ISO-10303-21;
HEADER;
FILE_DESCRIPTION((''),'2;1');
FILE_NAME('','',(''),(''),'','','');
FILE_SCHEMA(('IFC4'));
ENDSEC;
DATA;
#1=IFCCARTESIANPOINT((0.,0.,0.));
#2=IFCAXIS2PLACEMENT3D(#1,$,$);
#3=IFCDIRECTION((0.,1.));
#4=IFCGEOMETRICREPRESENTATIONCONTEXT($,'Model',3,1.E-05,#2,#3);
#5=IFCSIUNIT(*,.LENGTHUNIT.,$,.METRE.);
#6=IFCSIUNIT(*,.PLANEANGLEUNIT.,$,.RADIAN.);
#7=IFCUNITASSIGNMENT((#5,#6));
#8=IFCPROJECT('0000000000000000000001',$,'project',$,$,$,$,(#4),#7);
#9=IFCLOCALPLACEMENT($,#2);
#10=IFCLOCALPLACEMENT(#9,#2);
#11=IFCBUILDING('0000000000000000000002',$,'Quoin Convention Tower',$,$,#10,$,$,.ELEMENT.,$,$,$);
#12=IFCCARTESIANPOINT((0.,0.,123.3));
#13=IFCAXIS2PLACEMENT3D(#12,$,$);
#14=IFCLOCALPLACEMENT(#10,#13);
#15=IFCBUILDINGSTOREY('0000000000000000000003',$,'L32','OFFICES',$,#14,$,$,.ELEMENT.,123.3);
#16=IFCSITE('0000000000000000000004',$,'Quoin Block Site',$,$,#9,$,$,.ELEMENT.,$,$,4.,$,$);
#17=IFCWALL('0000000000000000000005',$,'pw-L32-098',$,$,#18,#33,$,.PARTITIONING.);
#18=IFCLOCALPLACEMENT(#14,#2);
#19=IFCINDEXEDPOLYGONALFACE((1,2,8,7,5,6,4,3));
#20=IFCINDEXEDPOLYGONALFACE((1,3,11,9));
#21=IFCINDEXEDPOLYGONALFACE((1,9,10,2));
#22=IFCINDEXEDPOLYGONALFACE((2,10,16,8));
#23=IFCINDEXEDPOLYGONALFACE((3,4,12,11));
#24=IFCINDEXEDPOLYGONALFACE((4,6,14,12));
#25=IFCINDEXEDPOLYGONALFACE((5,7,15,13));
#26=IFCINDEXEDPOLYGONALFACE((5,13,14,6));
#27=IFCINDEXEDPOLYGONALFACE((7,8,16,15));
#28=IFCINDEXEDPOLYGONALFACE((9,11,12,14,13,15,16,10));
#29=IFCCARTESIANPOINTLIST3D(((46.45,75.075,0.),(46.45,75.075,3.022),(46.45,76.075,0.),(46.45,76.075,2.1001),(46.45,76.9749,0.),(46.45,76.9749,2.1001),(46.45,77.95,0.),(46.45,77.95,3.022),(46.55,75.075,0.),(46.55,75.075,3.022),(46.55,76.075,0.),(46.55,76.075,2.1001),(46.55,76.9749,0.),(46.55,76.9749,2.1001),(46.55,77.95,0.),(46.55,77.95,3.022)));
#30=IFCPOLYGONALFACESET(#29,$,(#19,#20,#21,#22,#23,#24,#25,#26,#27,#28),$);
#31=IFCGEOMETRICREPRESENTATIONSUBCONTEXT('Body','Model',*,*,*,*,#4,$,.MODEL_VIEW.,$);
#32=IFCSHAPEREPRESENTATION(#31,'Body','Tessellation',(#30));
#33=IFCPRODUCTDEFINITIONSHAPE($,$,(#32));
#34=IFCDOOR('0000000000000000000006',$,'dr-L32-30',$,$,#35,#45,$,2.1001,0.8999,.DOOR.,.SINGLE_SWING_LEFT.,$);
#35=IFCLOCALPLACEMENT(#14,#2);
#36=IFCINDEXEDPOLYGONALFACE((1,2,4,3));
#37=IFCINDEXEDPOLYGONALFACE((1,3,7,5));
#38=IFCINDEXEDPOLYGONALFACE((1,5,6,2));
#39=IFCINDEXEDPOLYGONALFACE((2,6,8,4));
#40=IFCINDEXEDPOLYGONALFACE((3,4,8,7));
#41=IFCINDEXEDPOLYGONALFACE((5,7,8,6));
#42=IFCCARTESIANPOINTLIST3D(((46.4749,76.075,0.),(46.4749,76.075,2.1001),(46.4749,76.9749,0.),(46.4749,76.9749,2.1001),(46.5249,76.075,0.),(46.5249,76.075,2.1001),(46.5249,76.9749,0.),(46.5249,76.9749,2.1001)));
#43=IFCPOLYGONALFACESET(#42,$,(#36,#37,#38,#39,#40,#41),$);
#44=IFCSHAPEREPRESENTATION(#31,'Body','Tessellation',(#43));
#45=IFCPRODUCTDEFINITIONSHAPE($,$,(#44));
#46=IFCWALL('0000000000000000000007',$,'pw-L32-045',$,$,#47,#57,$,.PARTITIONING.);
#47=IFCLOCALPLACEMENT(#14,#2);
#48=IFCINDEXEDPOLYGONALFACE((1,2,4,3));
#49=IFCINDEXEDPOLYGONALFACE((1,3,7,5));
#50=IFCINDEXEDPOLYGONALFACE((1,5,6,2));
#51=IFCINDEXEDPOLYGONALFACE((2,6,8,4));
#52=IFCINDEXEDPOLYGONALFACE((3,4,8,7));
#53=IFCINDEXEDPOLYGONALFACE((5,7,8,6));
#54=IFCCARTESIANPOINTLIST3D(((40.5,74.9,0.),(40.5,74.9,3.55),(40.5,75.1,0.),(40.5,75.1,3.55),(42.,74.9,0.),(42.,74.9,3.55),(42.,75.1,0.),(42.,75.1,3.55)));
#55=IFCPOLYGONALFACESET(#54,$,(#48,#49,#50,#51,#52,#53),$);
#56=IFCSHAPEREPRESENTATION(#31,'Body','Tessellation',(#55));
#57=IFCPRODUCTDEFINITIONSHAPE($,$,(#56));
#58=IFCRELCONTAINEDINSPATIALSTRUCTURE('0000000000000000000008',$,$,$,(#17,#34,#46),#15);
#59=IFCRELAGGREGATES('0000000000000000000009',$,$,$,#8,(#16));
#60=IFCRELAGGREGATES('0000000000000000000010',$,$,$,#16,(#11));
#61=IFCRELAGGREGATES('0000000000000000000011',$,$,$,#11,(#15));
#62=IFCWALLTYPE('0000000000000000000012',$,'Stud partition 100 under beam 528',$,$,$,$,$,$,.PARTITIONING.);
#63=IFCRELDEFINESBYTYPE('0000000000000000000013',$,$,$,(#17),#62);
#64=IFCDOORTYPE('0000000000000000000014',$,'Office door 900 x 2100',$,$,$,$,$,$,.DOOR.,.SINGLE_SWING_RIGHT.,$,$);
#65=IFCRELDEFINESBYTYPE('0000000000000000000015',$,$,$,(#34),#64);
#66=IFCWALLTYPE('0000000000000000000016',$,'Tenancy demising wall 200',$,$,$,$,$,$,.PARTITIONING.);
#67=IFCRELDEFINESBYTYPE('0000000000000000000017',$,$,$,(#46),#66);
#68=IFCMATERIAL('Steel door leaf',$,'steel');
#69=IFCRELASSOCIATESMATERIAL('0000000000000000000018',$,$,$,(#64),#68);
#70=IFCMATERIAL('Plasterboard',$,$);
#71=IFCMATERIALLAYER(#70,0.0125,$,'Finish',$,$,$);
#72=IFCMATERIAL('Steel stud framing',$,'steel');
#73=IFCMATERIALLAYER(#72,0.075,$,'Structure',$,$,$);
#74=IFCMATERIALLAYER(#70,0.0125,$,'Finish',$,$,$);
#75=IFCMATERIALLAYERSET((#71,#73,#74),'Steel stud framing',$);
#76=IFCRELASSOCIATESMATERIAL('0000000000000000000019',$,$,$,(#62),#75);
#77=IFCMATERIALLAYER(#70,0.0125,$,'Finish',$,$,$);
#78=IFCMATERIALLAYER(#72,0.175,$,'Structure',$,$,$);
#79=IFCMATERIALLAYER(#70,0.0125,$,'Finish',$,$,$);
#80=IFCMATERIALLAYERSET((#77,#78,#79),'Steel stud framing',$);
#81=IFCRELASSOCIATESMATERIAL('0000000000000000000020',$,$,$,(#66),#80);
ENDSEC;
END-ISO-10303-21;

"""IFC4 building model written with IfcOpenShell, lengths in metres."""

from ifc_helpers import new_model, si_unit, direction, frame, frame_2d, origin, place, context, subcontext, project, spatial, rectangle, extrude, material, layer, layer_set, type_object, element, fill, save


model = new_model("IFC4")

# Units and contexts
model_context = context("Model", 3, precision=1e-05, world=origin(), true_north=direction((0.0, 1.0)))
body_context = subcontext(model_context, "Body", "Model", "MODEL_VIEW")
ifc_project = project(units=[si_unit("LENGTHUNIT", "METRE"), si_unit("PLANEANGLEUNIT", "RADIAN")], contexts=[model_context])

# Site, building, storey
site_placement = place(None, origin())
site = spatial("IfcSite", under=ifc_project, at=site_placement, Name="Quoin Block Site", CompositionType="ELEMENT", RefElevation=4.0)
building_placement = place(site_placement, origin())
building = spatial("IfcBuilding", under=site, at=building_placement, Name="Quoin Convention Tower", CompositionType="ELEMENT")
storey_placement = place(building_placement, frame((0.0, 0.0, 123.3)))
storey = spatial("IfcBuildingStorey", under=building, at=storey_placement, Name="L32", Description="OFFICES", CompositionType="ELEMENT", Elevation=123.3)

# Shared definitions
ifc_material_1 = material(Name="Plasterboard")
ifc_material_2 = material(Name="Steel stud framing", Category="steel")

# Shared definitions
ifc_material_3 = material(Name="Steel door leaf", Category="steel")
door_type_1 = type_object("IfcDoorType", Name="Office door 900 x 2100", OperationType="SINGLE_SWING_RIGHT", PredefinedType="DOOR", material=ifc_material_3)

# Wall, opening, door
ifc_layer_1 = layer(ifc_material_1, 0.0125, Name="Finish")
ifc_layer_2 = layer(ifc_material_2, 0.075, Name="Structure")
ifc_layer_3 = layer(ifc_material_1, 0.0125, Name="Finish")
ifc_layer_set_1 = layer_set([ifc_layer_1, ifc_layer_2, ifc_layer_3], Name="Steel stud framing")
wall_type_1 = type_object("IfcWallType", Name="Stud partition 100 under beam 528", PredefinedType="PARTITIONING", material=ifc_layer_set_1)
wall_1_placement = place(storey_placement, frame((46.5, 75.075, 0.0), z_axis=(0.0, 0.0, 1.0), x_axis=(0.0, 1.0, 0.0)))
wall_1 = element("IfcWall", 1, at=wall_1_placement, inside=storey, type_object=wall_type_1, Name="pw-L32-098", PredefinedType="PARTITIONING", context=body_context, shape_type="SweptSolid", body=[
    extrude(rectangle(XDim=2.875, YDim=0.1001, at=frame_2d((1.4375, 0.0))), origin(), (0.0, 0.0, 1.0), 3.022),
])
opening_1_placement = place(wall_1_placement, frame((1.0, 0.0, 0.0)))
opening_1 = element("IfcOpeningElement", 2, at=opening_1_placement, cuts=wall_1, PredefinedType="OPENING", context=body_context, shape_type="SweptSolid", body=[
    extrude(rectangle(XDim=0.8999, YDim=2.1001, at=frame_2d((0.45, 1.05))), frame((0.0, 0.0601, 0.0), z_axis=(0.0, -1.0, 0.0), x_axis=(1.0, 0.0, 0.0)), (0.0, 0.0, 1.0), 0.1201),
])
door_1_placement = place(opening_1_placement, frame((0.8999, 0.0, 0.0), z_axis=(0.0, 0.0, 1.0), x_axis=(-1.0, 0.0, 0.0)))
door_1 = element("IfcDoor", 3, at=door_1_placement, inside=storey, type_object=door_type_1, Name="dr-L32-30", OperationType="SINGLE_SWING_LEFT", OverallHeight=2.1001, OverallWidth=0.8999, PredefinedType="DOOR", context=body_context, shape_type="SweptSolid", body=[
    extrude(rectangle(XDim=0.8999, YDim=2.1001, at=frame_2d((0.45, 1.05))), frame((0.0, 0.0249, 0.0), z_axis=(0.0, -1.0, 0.0), x_axis=(1.0, 0.0, 0.0)), (0.0, 0.0, 1.0), 0.05),
])
fill(opening_1, door_1)

# Wall
ifc_layer_4 = layer(ifc_material_1, 0.0125, Name="Finish")
ifc_layer_5 = layer(ifc_material_2, 0.175, Name="Structure")
ifc_layer_6 = layer(ifc_material_1, 0.0125, Name="Finish")
ifc_layer_set_2 = layer_set([ifc_layer_4, ifc_layer_5, ifc_layer_6], Name="Steel stud framing")
wall_type_2 = type_object("IfcWallType", Name="Tenancy demising wall 200", PredefinedType="PARTITIONING", material=ifc_layer_set_2)
wall_2_placement = place(storey_placement, frame((40.5, 75.0, 0.0), z_axis=(0.0, 0.0, 1.0), x_axis=(1.0, 0.0, 0.0)))
element("IfcWall", 4, at=wall_2_placement, inside=storey, type_object=wall_type_2, Name="pw-L32-045", PredefinedType="PARTITIONING", context=body_context, shape_type="SweptSolid", body=[
    extrude(rectangle(XDim=1.5, YDim=0.2, at=frame_2d((0.75, 0.0))), origin(), (0.0, 0.0, 1.0), 3.55),
])

save(model, "model.ifc")
